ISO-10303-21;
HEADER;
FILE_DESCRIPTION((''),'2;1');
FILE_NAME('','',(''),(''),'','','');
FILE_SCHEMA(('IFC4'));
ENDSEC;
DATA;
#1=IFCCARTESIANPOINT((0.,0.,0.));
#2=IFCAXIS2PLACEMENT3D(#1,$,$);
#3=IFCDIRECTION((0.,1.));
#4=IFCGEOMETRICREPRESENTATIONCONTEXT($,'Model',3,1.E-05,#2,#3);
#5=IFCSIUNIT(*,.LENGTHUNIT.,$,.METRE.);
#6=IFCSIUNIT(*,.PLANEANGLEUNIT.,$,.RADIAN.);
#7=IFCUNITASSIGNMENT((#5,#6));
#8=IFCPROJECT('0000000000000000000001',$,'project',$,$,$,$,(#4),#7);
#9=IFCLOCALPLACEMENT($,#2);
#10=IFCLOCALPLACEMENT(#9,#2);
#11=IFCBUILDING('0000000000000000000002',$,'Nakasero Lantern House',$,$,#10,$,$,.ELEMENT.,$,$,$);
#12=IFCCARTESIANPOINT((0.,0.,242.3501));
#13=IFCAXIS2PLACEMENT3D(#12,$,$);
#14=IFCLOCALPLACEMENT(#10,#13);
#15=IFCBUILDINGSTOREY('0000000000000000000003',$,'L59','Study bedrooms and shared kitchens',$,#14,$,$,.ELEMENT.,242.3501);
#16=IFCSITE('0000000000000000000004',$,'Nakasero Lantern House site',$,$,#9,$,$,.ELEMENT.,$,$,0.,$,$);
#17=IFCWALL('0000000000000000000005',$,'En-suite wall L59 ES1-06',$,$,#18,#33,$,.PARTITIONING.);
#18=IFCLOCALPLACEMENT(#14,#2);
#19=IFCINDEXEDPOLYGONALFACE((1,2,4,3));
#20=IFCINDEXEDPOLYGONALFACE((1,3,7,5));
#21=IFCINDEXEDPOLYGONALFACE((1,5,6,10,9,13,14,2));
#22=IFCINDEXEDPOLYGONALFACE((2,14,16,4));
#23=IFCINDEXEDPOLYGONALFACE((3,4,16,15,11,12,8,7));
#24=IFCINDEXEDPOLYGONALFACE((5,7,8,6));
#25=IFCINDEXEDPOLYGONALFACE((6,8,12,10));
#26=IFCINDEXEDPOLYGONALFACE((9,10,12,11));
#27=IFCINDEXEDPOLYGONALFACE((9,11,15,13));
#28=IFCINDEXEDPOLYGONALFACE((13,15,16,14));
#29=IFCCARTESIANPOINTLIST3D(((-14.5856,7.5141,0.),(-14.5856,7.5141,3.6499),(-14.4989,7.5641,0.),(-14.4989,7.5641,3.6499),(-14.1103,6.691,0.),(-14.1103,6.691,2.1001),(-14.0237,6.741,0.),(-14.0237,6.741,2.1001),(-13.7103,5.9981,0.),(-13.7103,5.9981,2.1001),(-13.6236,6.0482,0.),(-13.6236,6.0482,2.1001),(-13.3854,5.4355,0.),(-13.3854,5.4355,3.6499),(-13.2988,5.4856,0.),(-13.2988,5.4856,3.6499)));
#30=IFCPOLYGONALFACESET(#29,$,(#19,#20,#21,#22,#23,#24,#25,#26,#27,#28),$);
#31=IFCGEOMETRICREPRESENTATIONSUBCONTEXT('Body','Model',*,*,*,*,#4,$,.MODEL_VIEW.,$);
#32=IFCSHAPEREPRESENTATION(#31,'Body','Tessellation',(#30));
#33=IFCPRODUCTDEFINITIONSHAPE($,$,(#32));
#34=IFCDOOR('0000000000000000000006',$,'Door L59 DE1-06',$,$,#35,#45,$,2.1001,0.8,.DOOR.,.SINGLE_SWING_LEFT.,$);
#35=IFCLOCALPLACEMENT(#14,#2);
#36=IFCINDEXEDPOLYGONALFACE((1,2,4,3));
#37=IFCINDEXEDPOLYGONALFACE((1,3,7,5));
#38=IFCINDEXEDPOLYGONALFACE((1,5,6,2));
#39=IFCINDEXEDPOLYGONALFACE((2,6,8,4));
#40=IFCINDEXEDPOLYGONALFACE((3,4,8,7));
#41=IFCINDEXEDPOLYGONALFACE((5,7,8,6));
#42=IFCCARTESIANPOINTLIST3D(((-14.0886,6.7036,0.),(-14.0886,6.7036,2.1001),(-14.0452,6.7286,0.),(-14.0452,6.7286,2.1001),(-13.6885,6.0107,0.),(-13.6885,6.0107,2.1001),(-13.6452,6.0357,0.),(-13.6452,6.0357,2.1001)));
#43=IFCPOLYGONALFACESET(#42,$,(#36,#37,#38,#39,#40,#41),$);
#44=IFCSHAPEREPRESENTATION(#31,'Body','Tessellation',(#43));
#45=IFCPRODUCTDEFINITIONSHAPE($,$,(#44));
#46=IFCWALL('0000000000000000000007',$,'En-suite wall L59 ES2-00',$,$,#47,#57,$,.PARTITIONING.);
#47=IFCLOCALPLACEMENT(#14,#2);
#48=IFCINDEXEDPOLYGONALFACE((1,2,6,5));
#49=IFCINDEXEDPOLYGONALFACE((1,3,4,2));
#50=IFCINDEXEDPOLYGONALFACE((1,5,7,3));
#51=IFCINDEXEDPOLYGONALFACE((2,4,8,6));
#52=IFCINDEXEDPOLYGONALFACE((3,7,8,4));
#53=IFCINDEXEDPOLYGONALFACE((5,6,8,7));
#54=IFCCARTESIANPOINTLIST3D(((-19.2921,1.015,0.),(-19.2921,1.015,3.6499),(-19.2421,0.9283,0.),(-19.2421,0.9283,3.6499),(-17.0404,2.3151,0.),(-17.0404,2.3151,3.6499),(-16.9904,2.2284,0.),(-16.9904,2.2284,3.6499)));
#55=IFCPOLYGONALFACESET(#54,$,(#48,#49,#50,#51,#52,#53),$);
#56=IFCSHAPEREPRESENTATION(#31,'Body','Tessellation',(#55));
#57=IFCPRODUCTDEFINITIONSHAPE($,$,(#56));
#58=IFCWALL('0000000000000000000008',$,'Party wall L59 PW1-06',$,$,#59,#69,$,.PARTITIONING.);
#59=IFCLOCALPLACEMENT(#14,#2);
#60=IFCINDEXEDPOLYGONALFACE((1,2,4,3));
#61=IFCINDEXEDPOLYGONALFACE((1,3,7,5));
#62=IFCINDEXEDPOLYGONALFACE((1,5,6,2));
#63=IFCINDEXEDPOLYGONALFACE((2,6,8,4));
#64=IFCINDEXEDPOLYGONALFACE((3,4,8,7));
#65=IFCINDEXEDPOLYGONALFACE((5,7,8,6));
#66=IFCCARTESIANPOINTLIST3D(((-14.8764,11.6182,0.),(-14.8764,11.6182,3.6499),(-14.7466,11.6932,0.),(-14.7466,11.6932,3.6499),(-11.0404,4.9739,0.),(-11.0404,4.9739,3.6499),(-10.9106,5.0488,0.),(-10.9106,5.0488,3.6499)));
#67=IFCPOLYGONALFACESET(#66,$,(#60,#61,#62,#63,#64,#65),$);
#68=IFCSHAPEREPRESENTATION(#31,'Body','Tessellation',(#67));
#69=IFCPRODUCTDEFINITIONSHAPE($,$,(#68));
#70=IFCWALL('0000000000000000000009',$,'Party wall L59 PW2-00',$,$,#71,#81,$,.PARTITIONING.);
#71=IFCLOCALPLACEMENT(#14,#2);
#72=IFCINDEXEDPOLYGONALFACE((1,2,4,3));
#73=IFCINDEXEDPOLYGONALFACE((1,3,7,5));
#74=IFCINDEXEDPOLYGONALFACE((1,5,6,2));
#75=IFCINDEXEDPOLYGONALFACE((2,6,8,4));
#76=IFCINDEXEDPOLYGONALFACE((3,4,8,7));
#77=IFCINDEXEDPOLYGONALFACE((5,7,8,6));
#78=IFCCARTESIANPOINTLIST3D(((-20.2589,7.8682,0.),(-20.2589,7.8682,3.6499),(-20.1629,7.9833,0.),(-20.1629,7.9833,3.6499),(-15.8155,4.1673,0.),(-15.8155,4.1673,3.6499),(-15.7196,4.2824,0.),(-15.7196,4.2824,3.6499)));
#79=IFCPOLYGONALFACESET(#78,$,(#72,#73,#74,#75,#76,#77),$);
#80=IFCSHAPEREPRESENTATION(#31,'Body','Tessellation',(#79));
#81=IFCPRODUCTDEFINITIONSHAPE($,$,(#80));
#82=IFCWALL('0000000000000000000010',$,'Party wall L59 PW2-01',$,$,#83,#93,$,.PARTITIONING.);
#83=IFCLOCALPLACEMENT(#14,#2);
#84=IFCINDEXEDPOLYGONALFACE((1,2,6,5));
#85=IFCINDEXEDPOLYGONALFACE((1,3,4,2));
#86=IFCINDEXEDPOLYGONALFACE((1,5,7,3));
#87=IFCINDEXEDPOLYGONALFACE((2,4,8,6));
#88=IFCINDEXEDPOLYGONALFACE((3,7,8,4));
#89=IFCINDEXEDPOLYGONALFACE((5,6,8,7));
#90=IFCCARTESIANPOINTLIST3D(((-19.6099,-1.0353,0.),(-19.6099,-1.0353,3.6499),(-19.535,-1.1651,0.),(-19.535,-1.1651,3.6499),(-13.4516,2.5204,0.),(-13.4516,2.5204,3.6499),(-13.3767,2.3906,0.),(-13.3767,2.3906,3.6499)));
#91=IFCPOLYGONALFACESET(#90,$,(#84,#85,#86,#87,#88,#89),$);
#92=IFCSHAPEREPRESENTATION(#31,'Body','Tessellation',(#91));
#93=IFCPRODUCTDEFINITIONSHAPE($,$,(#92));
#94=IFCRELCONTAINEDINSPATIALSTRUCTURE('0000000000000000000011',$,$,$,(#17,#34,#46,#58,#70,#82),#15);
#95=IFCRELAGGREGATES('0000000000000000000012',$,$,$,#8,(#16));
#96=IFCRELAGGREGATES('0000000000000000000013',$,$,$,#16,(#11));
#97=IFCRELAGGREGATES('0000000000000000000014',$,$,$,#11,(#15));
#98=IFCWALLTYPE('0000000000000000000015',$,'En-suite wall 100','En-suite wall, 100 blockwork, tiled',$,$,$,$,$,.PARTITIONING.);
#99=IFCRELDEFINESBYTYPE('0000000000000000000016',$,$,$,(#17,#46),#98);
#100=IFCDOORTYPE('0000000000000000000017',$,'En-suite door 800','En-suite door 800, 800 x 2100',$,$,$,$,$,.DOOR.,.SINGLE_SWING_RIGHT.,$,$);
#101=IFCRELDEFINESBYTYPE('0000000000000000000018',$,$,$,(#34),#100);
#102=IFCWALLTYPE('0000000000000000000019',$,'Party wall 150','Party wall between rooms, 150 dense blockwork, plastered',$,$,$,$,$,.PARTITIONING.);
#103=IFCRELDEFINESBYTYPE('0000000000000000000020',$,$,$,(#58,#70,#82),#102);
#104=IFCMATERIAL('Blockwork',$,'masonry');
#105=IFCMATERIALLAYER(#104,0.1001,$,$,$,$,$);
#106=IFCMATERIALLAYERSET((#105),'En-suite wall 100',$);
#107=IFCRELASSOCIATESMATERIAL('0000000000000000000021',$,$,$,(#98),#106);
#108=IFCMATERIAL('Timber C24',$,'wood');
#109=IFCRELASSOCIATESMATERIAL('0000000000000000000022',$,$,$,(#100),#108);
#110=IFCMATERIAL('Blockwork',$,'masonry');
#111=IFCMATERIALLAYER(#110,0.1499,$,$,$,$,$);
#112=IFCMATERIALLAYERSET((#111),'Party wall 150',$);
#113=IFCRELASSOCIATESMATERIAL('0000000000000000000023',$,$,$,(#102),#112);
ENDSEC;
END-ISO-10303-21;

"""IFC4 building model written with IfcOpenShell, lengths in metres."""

from ifc_helpers import new_model, si_unit, direction, frame, frame_2d, origin, place, context, subcontext, project, spatial, rectangle, extrude, material, layer, layer_set, type_object, element, fill, save


model = new_model("IFC4")

# Units and contexts
model_context = context("Model", 3, precision=1e-05, world=origin(), true_north=direction((0.0, 1.0)))
body_context = subcontext(model_context, "Body", "Model", "MODEL_VIEW")
ifc_project = project(units=[si_unit("LENGTHUNIT", "METRE"), si_unit("PLANEANGLEUNIT", "RADIAN")], contexts=[model_context])

# Site, building, storey
site_placement = place(None, origin())
site = spatial("IfcSite", under=ifc_project, at=site_placement, Name="Nakasero Lantern House site", CompositionType="ELEMENT", RefElevation=0.0)
building_placement = place(site_placement, origin())
building = spatial("IfcBuilding", under=site, at=building_placement, Name="Nakasero Lantern House", CompositionType="ELEMENT")
storey_placement = place(building_placement, frame((0.0, 0.0, 242.3501)))
storey = spatial("IfcBuildingStorey", under=building, at=storey_placement, Name="L59", Description="Study bedrooms and shared kitchens", CompositionType="ELEMENT", Elevation=242.3501)

# Wall, opening, door
ifc_material_1 = material(Name="Blockwork", Category="masonry")
ifc_layer_1 = layer(ifc_material_1, 0.1001)
ifc_layer_set_1 = layer_set([ifc_layer_1], Name="En-suite wall 100")
wall_type_1 = type_object("IfcWallType", Name="En-suite wall 100", Description="En-suite wall, 100 blockwork, tiled", PredefinedType="PARTITIONING", material=ifc_layer_set_1)
wall_1_placement = place(storey_placement, frame((-13.342, 5.4604, 0.0), z_axis=(0.0, 0.0, 1.0), x_axis=(-0.500034, 0.866006, 0.0)))
wall_1 = element("IfcWall", 1, at=wall_1_placement, inside=storey, type_object=wall_type_1, Name="En-suite wall L59 ES1-06", PredefinedType="PARTITIONING", context=body_context, shape_type="SweptSolid", body=[
    extrude(rectangle(XDim=2.4001, YDim=0.1001, at=frame_2d((1.2002, 0.0))), origin(), (0.0, 0.0, 1.0), 3.6499),
])
opening_1_placement = place(wall_1_placement, frame((0.6499, 0.0, 0.0)))
opening_1 = element("IfcOpeningElement", 2, at=opening_1_placement, cuts=wall_1, PredefinedType="OPENING", context=body_context, shape_type="SweptSolid", body=[
    extrude(rectangle(XDim=0.8, YDim=2.1001, at=frame_2d((0.3999, 1.05))), frame((0.0, 0.0701, 0.0), z_axis=(0.0, -1.0, 0.0), x_axis=(1.0, 0.0, 0.0)), (0.0, 0.0, 1.0), 0.1401),
])
ifc_material_2 = material(Name="Timber C24", Category="wood")
door_type_1 = type_object("IfcDoorType", Name="En-suite door 800", Description="En-suite door 800, 800 x 2100", OperationType="SINGLE_SWING_RIGHT", PredefinedType="DOOR", material=ifc_material_2)
door_1_placement = place(opening_1_placement, origin())
door_1 = element("IfcDoor", 3, at=door_1_placement, inside=storey, type_object=door_type_1, Name="Door L59 DE1-06", OperationType="SINGLE_SWING_LEFT", OverallHeight=2.1001, OverallWidth=0.8, PredefinedType="DOOR", context=body_context, shape_type="SweptSolid", body=[
    extrude(rectangle(XDim=0.8, YDim=2.1001, at=frame_2d((0.3999, 1.05))), frame((0.0, 0.0249, 0.0), z_axis=(0.0, -1.0, 0.0), x_axis=(1.0, 0.0, 0.0)), (0.0, 0.0, 1.0), 0.05),
])
fill(opening_1, door_1)

# Walls
wall_2_placement = place(storey_placement, frame((-17.0154, 2.2717, 0.0), z_axis=(0.0, 0.0, 1.0), x_axis=(-0.866021, -0.500007, 0.0)))
element("IfcWall", 4, at=wall_2_placement, inside=storey, type_object=wall_type_1, Name="En-suite wall L59 ES2-00", PredefinedType="PARTITIONING", context=body_context, shape_type="SweptSolid", body=[
    extrude(rectangle(XDim=2.6001, YDim=0.1001, at=frame_2d((1.3, 0.0))), origin(), (0.0, 0.0, 1.0), 3.6499),
])
ifc_material_3 = material(Name="Blockwork", Category="masonry")
ifc_layer_2 = layer(ifc_material_3, 0.1499)
ifc_layer_set_2 = layer_set([ifc_layer_2], Name="Party wall 150")
wall_type_2 = type_object("IfcWallType", Name="Party wall 150", Description="Party wall between rooms, 150 dense blockwork, plastered", PredefinedType="PARTITIONING", material=ifc_layer_set_2)
wall_3_placement = place(storey_placement, frame((-10.9756, 5.0115, 0.0), z_axis=(0.0, 0.0, 1.0), x_axis=(-0.499986, 0.866034, 0.0)))
element("IfcWall", 5, at=wall_3_placement, inside=storey, type_object=wall_type_2, Name="Party wall L59 PW1-06", PredefinedType="PARTITIONING", context=body_context, shape_type="SweptSolid", body=[
    extrude(rectangle(XDim=7.6721, YDim=0.1499, at=frame_2d((3.8359, 0.0))), origin(), (0.0, 0.0, 1.0), 3.6499),
])
wall_4_placement = place(storey_placement, frame((-15.7676, 4.2249, 0.0), z_axis=(0.0, 0.0, 1.0), x_axis=(-0.76838, 0.639993, 0.0)))
element("IfcWall", 6, at=wall_4_placement, inside=storey, type_object=wall_type_2, Name="Party wall L59 PW2-00", PredefinedType="PARTITIONING", context=body_context, shape_type="SweptSolid", body=[
    extrude(rectangle(XDim=5.7827, YDim=0.1499, at=frame_2d((2.8914, 0.0))), origin(), (0.0, 0.0, 1.0), 3.6499),
])
wall_5_placement = place(storey_placement, frame((-13.4141, 2.4556, 0.0), z_axis=(0.0, 0.0, 1.0), x_axis=(-0.866012, -0.500024, 0.0)))
element("IfcWall", 7, at=wall_5_placement, inside=storey, type_object=wall_type_2, Name="Party wall L59 PW2-01", PredefinedType="PARTITIONING", context=body_context, shape_type="SweptSolid", body=[
    extrude(rectangle(XDim=7.1111, YDim=0.1499, at=frame_2d((3.5557, 0.0))), origin(), (0.0, 0.0, 1.0), 3.6499),
])

save(model, "model.ifc")
